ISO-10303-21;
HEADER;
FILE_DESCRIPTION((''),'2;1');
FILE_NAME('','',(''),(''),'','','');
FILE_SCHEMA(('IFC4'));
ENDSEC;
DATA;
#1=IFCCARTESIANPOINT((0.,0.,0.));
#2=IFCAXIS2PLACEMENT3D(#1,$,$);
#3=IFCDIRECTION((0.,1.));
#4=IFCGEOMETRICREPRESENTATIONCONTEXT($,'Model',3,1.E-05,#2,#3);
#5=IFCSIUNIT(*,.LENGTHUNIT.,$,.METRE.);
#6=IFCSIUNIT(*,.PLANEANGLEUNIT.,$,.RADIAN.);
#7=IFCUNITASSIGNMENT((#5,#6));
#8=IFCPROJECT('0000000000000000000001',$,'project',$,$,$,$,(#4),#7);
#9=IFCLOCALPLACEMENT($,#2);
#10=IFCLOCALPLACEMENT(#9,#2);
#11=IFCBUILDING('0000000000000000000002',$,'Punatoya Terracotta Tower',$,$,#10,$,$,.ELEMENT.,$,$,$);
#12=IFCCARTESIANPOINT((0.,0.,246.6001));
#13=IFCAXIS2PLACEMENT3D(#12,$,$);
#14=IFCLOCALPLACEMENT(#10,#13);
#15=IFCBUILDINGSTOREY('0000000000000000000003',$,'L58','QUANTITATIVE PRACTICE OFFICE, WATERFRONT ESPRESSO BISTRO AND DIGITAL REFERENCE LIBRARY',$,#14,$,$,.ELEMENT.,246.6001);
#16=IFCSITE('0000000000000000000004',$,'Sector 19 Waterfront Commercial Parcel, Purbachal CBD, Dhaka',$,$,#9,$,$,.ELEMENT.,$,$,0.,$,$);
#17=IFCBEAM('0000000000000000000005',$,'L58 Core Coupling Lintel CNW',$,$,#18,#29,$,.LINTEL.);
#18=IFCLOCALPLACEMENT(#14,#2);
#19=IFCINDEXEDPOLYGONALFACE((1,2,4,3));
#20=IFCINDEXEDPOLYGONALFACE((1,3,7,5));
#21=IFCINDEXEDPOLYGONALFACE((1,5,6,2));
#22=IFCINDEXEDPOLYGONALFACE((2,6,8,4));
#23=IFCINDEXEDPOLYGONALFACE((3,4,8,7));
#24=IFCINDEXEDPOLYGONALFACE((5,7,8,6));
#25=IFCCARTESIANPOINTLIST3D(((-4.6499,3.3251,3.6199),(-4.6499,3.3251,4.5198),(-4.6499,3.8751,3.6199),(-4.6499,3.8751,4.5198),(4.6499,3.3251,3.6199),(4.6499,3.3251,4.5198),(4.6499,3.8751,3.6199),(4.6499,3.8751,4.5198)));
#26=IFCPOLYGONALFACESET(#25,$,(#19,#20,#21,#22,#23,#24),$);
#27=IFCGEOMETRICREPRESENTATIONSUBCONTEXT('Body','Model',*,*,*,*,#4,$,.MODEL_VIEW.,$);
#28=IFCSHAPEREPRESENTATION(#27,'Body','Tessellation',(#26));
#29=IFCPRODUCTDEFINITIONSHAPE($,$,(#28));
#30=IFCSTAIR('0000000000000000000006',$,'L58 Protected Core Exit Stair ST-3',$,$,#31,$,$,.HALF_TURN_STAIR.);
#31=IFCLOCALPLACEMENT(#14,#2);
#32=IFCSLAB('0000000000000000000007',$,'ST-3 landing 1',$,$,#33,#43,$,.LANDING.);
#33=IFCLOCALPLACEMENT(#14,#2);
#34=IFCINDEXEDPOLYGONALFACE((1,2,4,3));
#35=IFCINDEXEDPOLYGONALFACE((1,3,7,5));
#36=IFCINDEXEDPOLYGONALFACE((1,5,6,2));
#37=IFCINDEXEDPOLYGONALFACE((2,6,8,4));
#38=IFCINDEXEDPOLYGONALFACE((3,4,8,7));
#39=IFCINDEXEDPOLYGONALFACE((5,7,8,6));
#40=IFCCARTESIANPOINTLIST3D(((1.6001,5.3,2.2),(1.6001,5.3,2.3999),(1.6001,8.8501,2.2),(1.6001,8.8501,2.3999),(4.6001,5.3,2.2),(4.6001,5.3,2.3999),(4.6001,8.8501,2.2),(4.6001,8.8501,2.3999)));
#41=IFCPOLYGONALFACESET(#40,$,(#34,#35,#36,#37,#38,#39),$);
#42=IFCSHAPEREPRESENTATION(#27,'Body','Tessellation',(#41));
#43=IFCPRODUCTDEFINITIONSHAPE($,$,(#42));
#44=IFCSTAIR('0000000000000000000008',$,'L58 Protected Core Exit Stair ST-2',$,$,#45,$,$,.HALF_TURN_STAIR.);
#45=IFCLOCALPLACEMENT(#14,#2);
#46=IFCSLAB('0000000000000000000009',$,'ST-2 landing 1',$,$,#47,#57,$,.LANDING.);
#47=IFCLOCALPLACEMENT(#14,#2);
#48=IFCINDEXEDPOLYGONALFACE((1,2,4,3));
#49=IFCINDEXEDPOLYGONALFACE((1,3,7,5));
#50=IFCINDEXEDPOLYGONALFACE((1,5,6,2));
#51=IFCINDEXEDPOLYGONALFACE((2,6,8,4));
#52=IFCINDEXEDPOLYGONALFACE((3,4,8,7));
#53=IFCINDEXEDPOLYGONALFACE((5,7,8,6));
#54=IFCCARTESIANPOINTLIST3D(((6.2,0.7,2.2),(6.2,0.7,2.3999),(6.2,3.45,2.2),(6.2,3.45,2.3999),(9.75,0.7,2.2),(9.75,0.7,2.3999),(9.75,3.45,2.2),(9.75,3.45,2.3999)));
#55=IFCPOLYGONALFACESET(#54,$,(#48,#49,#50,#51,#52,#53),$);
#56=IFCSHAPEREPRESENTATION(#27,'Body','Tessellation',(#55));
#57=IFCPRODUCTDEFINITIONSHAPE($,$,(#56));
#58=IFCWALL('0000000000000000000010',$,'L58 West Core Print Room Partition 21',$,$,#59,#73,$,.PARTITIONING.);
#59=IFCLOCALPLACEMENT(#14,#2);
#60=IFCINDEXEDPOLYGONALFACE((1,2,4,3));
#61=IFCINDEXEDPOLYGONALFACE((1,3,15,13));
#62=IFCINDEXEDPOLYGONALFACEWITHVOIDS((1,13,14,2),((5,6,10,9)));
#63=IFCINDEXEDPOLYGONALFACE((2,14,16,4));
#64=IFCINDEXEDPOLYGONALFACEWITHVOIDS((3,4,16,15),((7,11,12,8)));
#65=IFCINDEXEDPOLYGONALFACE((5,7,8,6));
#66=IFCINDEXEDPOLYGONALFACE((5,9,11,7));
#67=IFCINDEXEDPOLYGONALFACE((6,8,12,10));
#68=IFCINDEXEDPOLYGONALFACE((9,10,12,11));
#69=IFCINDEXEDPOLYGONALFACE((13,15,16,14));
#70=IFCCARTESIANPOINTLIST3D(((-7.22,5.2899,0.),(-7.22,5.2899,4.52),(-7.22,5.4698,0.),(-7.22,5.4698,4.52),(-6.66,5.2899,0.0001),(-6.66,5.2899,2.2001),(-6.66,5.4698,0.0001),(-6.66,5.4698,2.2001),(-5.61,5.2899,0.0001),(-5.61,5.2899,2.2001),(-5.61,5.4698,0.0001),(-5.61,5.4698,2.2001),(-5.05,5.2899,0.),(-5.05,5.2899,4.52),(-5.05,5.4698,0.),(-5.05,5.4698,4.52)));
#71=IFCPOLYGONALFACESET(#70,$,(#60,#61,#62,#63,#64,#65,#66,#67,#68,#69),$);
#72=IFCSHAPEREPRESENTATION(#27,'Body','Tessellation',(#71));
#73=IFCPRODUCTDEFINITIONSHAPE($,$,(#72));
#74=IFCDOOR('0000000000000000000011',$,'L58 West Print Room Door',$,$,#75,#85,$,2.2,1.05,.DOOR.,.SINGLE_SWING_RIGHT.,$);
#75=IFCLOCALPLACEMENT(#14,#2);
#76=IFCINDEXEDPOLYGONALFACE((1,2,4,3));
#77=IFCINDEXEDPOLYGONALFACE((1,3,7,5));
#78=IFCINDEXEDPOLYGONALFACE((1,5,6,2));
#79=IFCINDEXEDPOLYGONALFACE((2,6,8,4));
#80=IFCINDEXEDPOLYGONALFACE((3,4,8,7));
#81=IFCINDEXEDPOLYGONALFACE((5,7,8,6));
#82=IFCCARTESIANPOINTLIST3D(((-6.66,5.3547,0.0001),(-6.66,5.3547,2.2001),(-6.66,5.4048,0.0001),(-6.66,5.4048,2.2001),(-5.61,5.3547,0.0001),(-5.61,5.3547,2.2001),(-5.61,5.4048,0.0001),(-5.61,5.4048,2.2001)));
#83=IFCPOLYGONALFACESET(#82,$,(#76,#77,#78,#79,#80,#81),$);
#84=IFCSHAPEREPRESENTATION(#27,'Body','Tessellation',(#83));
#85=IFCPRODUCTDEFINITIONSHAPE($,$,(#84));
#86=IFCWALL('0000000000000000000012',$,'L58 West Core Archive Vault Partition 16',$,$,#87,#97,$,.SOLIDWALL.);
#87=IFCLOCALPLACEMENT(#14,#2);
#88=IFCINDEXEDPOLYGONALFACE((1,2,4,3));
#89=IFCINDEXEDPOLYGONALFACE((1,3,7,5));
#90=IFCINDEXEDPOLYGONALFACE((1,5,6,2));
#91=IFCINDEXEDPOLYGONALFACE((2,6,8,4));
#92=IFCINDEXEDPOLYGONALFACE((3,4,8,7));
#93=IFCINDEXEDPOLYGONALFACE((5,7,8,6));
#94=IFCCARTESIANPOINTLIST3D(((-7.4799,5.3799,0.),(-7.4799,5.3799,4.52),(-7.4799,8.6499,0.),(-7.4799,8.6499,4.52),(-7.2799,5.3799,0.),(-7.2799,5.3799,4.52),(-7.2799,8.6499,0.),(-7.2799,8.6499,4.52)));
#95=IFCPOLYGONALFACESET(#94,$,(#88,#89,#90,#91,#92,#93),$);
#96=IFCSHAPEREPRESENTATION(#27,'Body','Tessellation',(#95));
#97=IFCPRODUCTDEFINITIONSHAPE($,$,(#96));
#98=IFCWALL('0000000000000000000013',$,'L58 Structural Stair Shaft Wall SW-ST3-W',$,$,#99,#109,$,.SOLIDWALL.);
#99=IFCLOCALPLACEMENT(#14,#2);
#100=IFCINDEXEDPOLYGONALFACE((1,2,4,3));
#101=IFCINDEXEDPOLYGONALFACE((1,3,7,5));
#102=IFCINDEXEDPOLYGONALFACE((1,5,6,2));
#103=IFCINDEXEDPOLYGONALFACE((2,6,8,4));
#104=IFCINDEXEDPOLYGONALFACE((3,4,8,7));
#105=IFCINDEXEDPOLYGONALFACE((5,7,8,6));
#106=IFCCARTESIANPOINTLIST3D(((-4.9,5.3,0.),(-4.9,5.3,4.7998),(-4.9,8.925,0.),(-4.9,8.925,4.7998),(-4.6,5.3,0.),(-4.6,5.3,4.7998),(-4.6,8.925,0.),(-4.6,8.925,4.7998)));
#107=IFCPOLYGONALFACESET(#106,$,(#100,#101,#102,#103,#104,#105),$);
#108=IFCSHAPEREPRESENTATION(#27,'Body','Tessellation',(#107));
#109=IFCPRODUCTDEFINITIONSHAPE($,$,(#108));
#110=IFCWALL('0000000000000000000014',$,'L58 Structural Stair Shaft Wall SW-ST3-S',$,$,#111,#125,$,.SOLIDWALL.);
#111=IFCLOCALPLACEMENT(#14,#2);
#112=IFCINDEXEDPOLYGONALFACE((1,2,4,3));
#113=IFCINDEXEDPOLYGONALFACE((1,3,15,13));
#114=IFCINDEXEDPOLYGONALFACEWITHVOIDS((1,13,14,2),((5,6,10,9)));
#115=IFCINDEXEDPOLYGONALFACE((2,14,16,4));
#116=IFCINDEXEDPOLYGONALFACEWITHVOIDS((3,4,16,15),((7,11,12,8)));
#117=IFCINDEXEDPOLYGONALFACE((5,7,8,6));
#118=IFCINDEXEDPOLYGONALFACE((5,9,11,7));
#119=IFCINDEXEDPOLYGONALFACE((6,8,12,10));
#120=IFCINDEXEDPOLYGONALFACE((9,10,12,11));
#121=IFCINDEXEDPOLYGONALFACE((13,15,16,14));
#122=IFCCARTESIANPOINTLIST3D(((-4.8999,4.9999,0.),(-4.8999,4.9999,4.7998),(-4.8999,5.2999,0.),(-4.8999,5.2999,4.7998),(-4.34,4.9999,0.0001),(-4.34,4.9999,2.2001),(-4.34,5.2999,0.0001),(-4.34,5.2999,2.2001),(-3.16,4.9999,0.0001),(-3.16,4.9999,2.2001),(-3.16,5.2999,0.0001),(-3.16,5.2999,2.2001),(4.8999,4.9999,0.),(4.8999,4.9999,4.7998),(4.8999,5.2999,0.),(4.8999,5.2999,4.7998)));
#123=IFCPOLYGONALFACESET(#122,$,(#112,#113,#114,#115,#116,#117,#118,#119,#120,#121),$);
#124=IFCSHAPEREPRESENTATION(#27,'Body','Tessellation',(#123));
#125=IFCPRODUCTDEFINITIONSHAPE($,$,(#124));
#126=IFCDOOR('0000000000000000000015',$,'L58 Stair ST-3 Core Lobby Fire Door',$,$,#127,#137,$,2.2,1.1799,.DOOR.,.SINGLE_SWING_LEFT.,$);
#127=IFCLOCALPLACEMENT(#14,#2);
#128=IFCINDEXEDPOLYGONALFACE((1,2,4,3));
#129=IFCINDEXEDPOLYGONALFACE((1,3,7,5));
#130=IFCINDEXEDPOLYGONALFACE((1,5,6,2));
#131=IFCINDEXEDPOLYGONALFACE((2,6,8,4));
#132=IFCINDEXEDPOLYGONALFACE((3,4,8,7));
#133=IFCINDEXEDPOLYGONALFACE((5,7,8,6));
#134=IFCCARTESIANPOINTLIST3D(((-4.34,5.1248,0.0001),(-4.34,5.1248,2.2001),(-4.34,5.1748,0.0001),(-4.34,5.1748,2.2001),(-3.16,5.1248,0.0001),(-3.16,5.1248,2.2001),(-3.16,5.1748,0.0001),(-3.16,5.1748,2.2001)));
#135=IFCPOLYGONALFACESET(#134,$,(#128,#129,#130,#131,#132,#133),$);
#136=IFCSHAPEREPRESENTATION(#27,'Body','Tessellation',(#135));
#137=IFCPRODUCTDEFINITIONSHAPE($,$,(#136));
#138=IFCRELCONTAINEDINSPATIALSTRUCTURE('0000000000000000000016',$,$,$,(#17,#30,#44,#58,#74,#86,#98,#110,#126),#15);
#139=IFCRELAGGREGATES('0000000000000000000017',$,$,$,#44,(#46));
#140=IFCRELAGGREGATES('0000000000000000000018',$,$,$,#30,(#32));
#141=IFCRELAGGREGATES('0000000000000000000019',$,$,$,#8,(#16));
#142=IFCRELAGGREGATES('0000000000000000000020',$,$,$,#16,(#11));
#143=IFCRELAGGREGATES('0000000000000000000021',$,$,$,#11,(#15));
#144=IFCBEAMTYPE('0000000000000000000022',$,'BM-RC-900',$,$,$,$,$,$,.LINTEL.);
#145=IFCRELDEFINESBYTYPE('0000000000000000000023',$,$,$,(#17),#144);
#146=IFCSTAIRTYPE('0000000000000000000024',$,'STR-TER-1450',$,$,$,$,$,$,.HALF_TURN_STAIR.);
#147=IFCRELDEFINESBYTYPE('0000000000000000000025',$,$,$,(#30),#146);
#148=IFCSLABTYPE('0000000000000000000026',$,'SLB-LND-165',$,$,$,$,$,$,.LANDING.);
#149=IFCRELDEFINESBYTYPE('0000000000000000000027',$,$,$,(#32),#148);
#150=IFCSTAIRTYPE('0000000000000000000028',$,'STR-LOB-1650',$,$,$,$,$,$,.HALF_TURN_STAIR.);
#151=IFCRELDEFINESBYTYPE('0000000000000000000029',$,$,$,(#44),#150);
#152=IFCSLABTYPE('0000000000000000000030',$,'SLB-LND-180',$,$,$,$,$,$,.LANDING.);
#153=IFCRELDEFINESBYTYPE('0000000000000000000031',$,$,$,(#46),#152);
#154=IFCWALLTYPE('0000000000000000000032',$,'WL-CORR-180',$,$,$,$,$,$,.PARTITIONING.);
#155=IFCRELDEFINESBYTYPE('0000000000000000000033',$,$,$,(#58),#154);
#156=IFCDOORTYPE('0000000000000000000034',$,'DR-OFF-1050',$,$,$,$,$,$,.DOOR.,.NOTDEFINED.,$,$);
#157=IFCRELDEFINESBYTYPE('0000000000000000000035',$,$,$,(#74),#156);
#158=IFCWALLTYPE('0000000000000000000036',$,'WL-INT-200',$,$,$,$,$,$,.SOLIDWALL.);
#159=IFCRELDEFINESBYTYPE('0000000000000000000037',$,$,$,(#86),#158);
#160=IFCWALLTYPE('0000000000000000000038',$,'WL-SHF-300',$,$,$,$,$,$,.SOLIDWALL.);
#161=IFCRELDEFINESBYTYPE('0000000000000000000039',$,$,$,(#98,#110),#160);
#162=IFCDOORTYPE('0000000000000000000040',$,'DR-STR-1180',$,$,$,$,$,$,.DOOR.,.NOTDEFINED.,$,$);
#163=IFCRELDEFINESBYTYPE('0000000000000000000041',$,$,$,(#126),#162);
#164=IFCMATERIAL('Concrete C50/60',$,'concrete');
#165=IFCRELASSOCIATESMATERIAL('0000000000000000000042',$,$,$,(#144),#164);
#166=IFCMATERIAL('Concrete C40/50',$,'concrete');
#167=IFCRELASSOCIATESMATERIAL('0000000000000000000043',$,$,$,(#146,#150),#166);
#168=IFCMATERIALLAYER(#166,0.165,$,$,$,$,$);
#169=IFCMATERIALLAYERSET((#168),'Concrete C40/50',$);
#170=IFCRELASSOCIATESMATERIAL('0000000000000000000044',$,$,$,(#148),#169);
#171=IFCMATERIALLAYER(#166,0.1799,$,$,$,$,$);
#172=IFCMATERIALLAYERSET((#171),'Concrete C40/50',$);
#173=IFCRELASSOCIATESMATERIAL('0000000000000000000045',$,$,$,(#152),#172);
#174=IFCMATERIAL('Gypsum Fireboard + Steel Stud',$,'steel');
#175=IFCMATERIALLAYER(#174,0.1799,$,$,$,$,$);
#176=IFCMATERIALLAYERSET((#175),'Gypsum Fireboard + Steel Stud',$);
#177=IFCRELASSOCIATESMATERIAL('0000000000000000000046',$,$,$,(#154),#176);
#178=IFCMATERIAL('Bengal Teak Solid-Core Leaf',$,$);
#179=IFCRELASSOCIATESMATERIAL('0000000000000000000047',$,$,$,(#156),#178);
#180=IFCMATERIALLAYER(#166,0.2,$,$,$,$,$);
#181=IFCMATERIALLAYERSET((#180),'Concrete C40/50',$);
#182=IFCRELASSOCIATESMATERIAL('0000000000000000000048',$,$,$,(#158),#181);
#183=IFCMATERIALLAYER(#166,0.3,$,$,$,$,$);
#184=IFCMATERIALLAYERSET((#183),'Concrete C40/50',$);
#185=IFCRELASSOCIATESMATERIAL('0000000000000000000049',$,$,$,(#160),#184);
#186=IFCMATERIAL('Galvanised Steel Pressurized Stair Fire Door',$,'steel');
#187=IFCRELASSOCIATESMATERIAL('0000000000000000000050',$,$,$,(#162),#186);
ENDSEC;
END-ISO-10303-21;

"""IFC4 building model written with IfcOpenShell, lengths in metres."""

from ifc_helpers import new_model, si_unit, direction, frame, frame_2d, origin, origin_2d, place, context, subcontext, project, spatial, polyline, rectangle, outline, extrude, material, layer, layer_set, material_profile, profile_set, type_object, element, fill, aggregate, save


model = new_model("IFC4")

# Units and contexts
model_context = context("Model", 3, precision=1e-05, world=origin(), true_north=direction((0.0, 1.0)))
body_context = subcontext(model_context, "Body", "Model", "MODEL_VIEW")
ifc_project = project(units=[si_unit("LENGTHUNIT", "METRE"), si_unit("PLANEANGLEUNIT", "RADIAN")], contexts=[model_context])

# Site, building, storey
site_placement = place(None, origin())
site = spatial("IfcSite", under=ifc_project, at=site_placement, Name="Sector 19 Waterfront Commercial Parcel, Purbachal CBD, Dhaka", CompositionType="ELEMENT", RefElevation=0.0)
building_placement = place(site_placement, origin())
building = spatial("IfcBuilding", under=site, at=building_placement, Name="Punatoya Terracotta Tower", CompositionType="ELEMENT")
storey_placement = place(building_placement, frame((0.0, 0.0, 246.6001)))
storey = spatial("IfcBuildingStorey", under=building, at=storey_placement, Name="L58", Description="QUANTITATIVE PRACTICE OFFICE, WATERFRONT ESPRESSO BISTRO AND DIGITAL REFERENCE LIBRARY", CompositionType="ELEMENT", Elevation=246.6001)

# Beam
ifc_material_1 = material(Name="Concrete C50/60", Category="concrete")
ifc_material_profile = material_profile(ifc_material_1, rectangle(XDim=0.55, YDim=0.8999, at=origin_2d()))
ifc_profile_set = profile_set([ifc_material_profile], Name="Concrete C50/60")
beam_type = type_object("IfcBeamType", Name="BM-RC-900", PredefinedType="LINTEL", material=ifc_profile_set)
beam_placement = place(storey_placement, frame((-4.6499, 3.6001, 4.0698), z_axis=(1.0, 0.0, 0.0), x_axis=(0.0, 1.0, 0.0)))
element("IfcBeam", 1, at=beam_placement, inside=storey, type_object=beam_type, Name="L58 Core Coupling Lintel CNW", PredefinedType="LINTEL", context=body_context, shape_type="SweptSolid", body=[
    extrude(rectangle(XDim=0.55, YDim=0.8999, at=origin_2d()), origin(), (0.0, 0.0, 1.0), 9.2998),
])

# Stairs, slabs
ifc_material_2 = material(Name="Concrete C40/50", Category="concrete")
stair_type_1 = type_object("IfcStairType", Name="STR-TER-1450", PredefinedType="HALF_TURN_STAIR", material=ifc_material_2)
stair_1_placement = place(storey_placement, origin())
stair_1 = element("IfcStair", 2, at=stair_1_placement, inside=storey, type_object=stair_type_1, Name="L58 Protected Core Exit Stair ST-3", PredefinedType="HALF_TURN_STAIR")
ifc_layer_1 = layer(ifc_material_2, 0.165)
ifc_layer_set_1 = layer_set([ifc_layer_1], Name="Concrete C40/50")
slab_type_1 = type_object("IfcSlabType", Name="SLB-LND-165", PredefinedType="LANDING", material=ifc_layer_set_1)
slab_1_placement = place(storey_placement, frame((0.0, 0.0, 2.2)))
slab_1 = element("IfcSlab", 3, at=slab_1_placement, type_object=slab_type_1, Name="ST-3 landing 1", PredefinedType="LANDING", context=body_context, shape_type="SweptSolid", body=[
    extrude(outline(polyline([(1.6001, 5.3), (4.6001, 5.3), (4.6001, 8.8501), (1.6001, 8.8501), (1.6001, 5.3)])), origin(), (0.0, 0.0, 1.0), 0.2),
])
stair_type_2 = type_object("IfcStairType", Name="STR-LOB-1650", PredefinedType="HALF_TURN_STAIR", material=ifc_material_2)
stair_2_placement = place(storey_placement, origin())
stair_2 = element("IfcStair", 4, at=stair_2_placement, inside=storey, type_object=stair_type_2, Name="L58 Protected Core Exit Stair ST-2", PredefinedType="HALF_TURN_STAIR")
ifc_layer_2 = layer(ifc_material_2, 0.1799)
ifc_layer_set_2 = layer_set([ifc_layer_2], Name="Concrete C40/50")
slab_type_2 = type_object("IfcSlabType", Name="SLB-LND-180", PredefinedType="LANDING", material=ifc_layer_set_2)
slab_2_placement = place(storey_placement, frame((0.0, 0.0, 2.2)))
slab_2 = element("IfcSlab", 5, at=slab_2_placement, type_object=slab_type_2, Name="ST-2 landing 1", PredefinedType="LANDING", context=body_context, shape_type="SweptSolid", body=[
    extrude(outline(polyline([(9.75, 0.7), (9.75, 3.45), (6.2, 3.45), (6.2, 0.7), (9.75, 0.7)])), origin(), (0.0, 0.0, 1.0), 0.2),
])
aggregate(stair_2, [slab_2])

# Wall, opening, door
ifc_material_3 = material(Name="Gypsum Fireboard + Steel Stud", Category="steel")
ifc_layer_3 = layer(ifc_material_3, 0.1799)
ifc_layer_set_3 = layer_set([ifc_layer_3], Name="Gypsum Fireboard + Steel Stud")
wall_type_1 = type_object("IfcWallType", Name="WL-CORR-180", PredefinedType="PARTITIONING", material=ifc_layer_set_3)
wall_1_placement = place(storey_placement, frame((-7.22, 5.3799, 0.0), z_axis=(0.0, 0.0, 1.0), x_axis=(1.0, 0.0, 0.0)))
wall_1 = element("IfcWall", 6, at=wall_1_placement, inside=storey, type_object=wall_type_1, Name="L58 West Core Print Room Partition 21", PredefinedType="PARTITIONING", context=body_context, shape_type="SweptSolid", body=[
    extrude(rectangle(XDim=2.1699, YDim=0.1799, at=frame_2d((1.085, 0.0))), origin(), (0.0, 0.0, 1.0), 4.52),
])
opening_1_placement = place(wall_1_placement, frame((0.5601, 0.0, 0.0)))
opening_1 = element("IfcOpeningElement", 7, at=opening_1_placement, cuts=wall_1, PredefinedType="OPENING", context=body_context, shape_type="SweptSolid", body=[
    extrude(rectangle(XDim=1.05, YDim=2.2, at=frame_2d((0.5249, 1.1001))), frame((0.0, 0.0999, 0.0), z_axis=(0.0, -1.0, 0.0), x_axis=(1.0, 0.0, 0.0)), (0.0, 0.0, 1.0), 0.2),
])
ifc_material_4 = material(Name="Bengal Teak Solid-Core Leaf")
door_type_1 = type_object("IfcDoorType", Name="DR-OFF-1050", OperationType="NOTDEFINED", PredefinedType="DOOR", material=ifc_material_4)
door_1_placement = place(opening_1_placement, origin())
door_1 = element("IfcDoor", 8, at=door_1_placement, inside=storey, type_object=door_type_1, Name="L58 West Print Room Door", OperationType="SINGLE_SWING_RIGHT", OverallHeight=2.2, OverallWidth=1.05, PredefinedType="DOOR", context=body_context, shape_type="SweptSolid", body=[
    extrude(rectangle(XDim=1.05, YDim=2.2, at=frame_2d((0.5249, 1.1001))), frame((0.0, 0.0249, 0.0), z_axis=(0.0, -1.0, 0.0), x_axis=(1.0, 0.0, 0.0)), (0.0, 0.0, 1.0), 0.05),
])
fill(opening_1, door_1)

# Walls
ifc_layer_4 = layer(ifc_material_2, 0.2)
ifc_layer_set_4 = layer_set([ifc_layer_4], Name="Concrete C40/50")
wall_type_2 = type_object("IfcWallType", Name="WL-INT-200", PredefinedType="SOLIDWALL", material=ifc_layer_set_4)
wall_2_placement = place(storey_placement, frame((-7.3799, 5.3799, 0.0), z_axis=(0.0, 0.0, 1.0), x_axis=(0.0, 1.0, 0.0)))
element("IfcWall", 9, at=wall_2_placement, inside=storey, type_object=wall_type_2, Name="L58 West Core Archive Vault Partition 16", PredefinedType="SOLIDWALL", context=body_context, shape_type="SweptSolid", body=[
    extrude(rectangle(XDim=3.27, YDim=0.2, at=frame_2d((1.635, 0.0))), origin(), (0.0, 0.0, 1.0), 4.52),
])
ifc_layer_5 = layer(ifc_material_2, 0.3)
ifc_layer_set_5 = layer_set([ifc_layer_5], Name="Concrete C40/50")
wall_type_3 = type_object("IfcWallType", Name="WL-SHF-300", PredefinedType="SOLIDWALL", material=ifc_layer_set_5)
wall_3_placement = place(storey_placement, frame((-4.75, 5.3, 0.0), z_axis=(0.0, 0.0, 1.0), x_axis=(0.0, 1.0, 0.0)))
element("IfcWall", 10, at=wall_3_placement, inside=storey, type_object=wall_type_3, Name="L58 Structural Stair Shaft Wall SW-ST3-W", PredefinedType="SOLIDWALL", context=body_context, shape_type="SweptSolid", body=[
    extrude(rectangle(XDim=3.625, YDim=0.3, at=frame_2d((1.8125, 0.0))), origin(), (0.0, 0.0, 1.0), 4.7998),
])

# Wall, opening, door
wall_4_placement = place(storey_placement, frame((-4.8999, 5.1499, 0.0), z_axis=(0.0, 0.0, 1.0), x_axis=(1.0, 0.0, 0.0)))
wall_4 = element("IfcWall", 11, at=wall_4_placement, inside=storey, type_object=wall_type_3, Name="L58 Structural Stair Shaft Wall SW-ST3-S", PredefinedType="SOLIDWALL", context=body_context, shape_type="SweptSolid", body=[
    extrude(rectangle(XDim=9.7998, YDim=0.3, at=frame_2d((4.8999, 0.0))), origin(), (0.0, 0.0, 1.0), 4.7998),
])
opening_2_placement = place(wall_4_placement, frame((0.5601, 0.0, 0.0)))
opening_2 = element("IfcOpeningElement", 12, at=opening_2_placement, cuts=wall_4, PredefinedType="OPENING", context=body_context, shape_type="SweptSolid", body=[
    extrude(rectangle(XDim=1.1799, YDim=2.2, at=frame_2d((0.5898, 1.1001))), frame((0.0, 0.1599, 0.0), z_axis=(0.0, -1.0, 0.0), x_axis=(1.0, 0.0, 0.0)), (0.0, 0.0, 1.0), 0.3201),
])
ifc_material_5 = material(Name="Galvanised Steel Pressurized Stair Fire Door", Category="steel")
door_type_2 = type_object("IfcDoorType", Name="DR-STR-1180", OperationType="NOTDEFINED", PredefinedType="DOOR", material=ifc_material_5)
door_2_placement = place(opening_2_placement, origin())
door_2 = element("IfcDoor", 13, at=door_2_placement, inside=storey, type_object=door_type_2, Name="L58 Stair ST-3 Core Lobby Fire Door", OperationType="SINGLE_SWING_LEFT", OverallHeight=2.2, OverallWidth=1.1799, PredefinedType="DOOR", context=body_context, shape_type="SweptSolid", body=[
    extrude(rectangle(XDim=1.1799, YDim=2.2, at=frame_2d((0.5898, 1.1001))), frame((0.0, 0.0249, 0.0), z_axis=(0.0, -1.0, 0.0), x_axis=(1.0, 0.0, 0.0)), (0.0, 0.0, 1.0), 0.05),
])
fill(opening_2, door_2)

aggregate(stair_1, [slab_1])

save(model, "model.ifc")
